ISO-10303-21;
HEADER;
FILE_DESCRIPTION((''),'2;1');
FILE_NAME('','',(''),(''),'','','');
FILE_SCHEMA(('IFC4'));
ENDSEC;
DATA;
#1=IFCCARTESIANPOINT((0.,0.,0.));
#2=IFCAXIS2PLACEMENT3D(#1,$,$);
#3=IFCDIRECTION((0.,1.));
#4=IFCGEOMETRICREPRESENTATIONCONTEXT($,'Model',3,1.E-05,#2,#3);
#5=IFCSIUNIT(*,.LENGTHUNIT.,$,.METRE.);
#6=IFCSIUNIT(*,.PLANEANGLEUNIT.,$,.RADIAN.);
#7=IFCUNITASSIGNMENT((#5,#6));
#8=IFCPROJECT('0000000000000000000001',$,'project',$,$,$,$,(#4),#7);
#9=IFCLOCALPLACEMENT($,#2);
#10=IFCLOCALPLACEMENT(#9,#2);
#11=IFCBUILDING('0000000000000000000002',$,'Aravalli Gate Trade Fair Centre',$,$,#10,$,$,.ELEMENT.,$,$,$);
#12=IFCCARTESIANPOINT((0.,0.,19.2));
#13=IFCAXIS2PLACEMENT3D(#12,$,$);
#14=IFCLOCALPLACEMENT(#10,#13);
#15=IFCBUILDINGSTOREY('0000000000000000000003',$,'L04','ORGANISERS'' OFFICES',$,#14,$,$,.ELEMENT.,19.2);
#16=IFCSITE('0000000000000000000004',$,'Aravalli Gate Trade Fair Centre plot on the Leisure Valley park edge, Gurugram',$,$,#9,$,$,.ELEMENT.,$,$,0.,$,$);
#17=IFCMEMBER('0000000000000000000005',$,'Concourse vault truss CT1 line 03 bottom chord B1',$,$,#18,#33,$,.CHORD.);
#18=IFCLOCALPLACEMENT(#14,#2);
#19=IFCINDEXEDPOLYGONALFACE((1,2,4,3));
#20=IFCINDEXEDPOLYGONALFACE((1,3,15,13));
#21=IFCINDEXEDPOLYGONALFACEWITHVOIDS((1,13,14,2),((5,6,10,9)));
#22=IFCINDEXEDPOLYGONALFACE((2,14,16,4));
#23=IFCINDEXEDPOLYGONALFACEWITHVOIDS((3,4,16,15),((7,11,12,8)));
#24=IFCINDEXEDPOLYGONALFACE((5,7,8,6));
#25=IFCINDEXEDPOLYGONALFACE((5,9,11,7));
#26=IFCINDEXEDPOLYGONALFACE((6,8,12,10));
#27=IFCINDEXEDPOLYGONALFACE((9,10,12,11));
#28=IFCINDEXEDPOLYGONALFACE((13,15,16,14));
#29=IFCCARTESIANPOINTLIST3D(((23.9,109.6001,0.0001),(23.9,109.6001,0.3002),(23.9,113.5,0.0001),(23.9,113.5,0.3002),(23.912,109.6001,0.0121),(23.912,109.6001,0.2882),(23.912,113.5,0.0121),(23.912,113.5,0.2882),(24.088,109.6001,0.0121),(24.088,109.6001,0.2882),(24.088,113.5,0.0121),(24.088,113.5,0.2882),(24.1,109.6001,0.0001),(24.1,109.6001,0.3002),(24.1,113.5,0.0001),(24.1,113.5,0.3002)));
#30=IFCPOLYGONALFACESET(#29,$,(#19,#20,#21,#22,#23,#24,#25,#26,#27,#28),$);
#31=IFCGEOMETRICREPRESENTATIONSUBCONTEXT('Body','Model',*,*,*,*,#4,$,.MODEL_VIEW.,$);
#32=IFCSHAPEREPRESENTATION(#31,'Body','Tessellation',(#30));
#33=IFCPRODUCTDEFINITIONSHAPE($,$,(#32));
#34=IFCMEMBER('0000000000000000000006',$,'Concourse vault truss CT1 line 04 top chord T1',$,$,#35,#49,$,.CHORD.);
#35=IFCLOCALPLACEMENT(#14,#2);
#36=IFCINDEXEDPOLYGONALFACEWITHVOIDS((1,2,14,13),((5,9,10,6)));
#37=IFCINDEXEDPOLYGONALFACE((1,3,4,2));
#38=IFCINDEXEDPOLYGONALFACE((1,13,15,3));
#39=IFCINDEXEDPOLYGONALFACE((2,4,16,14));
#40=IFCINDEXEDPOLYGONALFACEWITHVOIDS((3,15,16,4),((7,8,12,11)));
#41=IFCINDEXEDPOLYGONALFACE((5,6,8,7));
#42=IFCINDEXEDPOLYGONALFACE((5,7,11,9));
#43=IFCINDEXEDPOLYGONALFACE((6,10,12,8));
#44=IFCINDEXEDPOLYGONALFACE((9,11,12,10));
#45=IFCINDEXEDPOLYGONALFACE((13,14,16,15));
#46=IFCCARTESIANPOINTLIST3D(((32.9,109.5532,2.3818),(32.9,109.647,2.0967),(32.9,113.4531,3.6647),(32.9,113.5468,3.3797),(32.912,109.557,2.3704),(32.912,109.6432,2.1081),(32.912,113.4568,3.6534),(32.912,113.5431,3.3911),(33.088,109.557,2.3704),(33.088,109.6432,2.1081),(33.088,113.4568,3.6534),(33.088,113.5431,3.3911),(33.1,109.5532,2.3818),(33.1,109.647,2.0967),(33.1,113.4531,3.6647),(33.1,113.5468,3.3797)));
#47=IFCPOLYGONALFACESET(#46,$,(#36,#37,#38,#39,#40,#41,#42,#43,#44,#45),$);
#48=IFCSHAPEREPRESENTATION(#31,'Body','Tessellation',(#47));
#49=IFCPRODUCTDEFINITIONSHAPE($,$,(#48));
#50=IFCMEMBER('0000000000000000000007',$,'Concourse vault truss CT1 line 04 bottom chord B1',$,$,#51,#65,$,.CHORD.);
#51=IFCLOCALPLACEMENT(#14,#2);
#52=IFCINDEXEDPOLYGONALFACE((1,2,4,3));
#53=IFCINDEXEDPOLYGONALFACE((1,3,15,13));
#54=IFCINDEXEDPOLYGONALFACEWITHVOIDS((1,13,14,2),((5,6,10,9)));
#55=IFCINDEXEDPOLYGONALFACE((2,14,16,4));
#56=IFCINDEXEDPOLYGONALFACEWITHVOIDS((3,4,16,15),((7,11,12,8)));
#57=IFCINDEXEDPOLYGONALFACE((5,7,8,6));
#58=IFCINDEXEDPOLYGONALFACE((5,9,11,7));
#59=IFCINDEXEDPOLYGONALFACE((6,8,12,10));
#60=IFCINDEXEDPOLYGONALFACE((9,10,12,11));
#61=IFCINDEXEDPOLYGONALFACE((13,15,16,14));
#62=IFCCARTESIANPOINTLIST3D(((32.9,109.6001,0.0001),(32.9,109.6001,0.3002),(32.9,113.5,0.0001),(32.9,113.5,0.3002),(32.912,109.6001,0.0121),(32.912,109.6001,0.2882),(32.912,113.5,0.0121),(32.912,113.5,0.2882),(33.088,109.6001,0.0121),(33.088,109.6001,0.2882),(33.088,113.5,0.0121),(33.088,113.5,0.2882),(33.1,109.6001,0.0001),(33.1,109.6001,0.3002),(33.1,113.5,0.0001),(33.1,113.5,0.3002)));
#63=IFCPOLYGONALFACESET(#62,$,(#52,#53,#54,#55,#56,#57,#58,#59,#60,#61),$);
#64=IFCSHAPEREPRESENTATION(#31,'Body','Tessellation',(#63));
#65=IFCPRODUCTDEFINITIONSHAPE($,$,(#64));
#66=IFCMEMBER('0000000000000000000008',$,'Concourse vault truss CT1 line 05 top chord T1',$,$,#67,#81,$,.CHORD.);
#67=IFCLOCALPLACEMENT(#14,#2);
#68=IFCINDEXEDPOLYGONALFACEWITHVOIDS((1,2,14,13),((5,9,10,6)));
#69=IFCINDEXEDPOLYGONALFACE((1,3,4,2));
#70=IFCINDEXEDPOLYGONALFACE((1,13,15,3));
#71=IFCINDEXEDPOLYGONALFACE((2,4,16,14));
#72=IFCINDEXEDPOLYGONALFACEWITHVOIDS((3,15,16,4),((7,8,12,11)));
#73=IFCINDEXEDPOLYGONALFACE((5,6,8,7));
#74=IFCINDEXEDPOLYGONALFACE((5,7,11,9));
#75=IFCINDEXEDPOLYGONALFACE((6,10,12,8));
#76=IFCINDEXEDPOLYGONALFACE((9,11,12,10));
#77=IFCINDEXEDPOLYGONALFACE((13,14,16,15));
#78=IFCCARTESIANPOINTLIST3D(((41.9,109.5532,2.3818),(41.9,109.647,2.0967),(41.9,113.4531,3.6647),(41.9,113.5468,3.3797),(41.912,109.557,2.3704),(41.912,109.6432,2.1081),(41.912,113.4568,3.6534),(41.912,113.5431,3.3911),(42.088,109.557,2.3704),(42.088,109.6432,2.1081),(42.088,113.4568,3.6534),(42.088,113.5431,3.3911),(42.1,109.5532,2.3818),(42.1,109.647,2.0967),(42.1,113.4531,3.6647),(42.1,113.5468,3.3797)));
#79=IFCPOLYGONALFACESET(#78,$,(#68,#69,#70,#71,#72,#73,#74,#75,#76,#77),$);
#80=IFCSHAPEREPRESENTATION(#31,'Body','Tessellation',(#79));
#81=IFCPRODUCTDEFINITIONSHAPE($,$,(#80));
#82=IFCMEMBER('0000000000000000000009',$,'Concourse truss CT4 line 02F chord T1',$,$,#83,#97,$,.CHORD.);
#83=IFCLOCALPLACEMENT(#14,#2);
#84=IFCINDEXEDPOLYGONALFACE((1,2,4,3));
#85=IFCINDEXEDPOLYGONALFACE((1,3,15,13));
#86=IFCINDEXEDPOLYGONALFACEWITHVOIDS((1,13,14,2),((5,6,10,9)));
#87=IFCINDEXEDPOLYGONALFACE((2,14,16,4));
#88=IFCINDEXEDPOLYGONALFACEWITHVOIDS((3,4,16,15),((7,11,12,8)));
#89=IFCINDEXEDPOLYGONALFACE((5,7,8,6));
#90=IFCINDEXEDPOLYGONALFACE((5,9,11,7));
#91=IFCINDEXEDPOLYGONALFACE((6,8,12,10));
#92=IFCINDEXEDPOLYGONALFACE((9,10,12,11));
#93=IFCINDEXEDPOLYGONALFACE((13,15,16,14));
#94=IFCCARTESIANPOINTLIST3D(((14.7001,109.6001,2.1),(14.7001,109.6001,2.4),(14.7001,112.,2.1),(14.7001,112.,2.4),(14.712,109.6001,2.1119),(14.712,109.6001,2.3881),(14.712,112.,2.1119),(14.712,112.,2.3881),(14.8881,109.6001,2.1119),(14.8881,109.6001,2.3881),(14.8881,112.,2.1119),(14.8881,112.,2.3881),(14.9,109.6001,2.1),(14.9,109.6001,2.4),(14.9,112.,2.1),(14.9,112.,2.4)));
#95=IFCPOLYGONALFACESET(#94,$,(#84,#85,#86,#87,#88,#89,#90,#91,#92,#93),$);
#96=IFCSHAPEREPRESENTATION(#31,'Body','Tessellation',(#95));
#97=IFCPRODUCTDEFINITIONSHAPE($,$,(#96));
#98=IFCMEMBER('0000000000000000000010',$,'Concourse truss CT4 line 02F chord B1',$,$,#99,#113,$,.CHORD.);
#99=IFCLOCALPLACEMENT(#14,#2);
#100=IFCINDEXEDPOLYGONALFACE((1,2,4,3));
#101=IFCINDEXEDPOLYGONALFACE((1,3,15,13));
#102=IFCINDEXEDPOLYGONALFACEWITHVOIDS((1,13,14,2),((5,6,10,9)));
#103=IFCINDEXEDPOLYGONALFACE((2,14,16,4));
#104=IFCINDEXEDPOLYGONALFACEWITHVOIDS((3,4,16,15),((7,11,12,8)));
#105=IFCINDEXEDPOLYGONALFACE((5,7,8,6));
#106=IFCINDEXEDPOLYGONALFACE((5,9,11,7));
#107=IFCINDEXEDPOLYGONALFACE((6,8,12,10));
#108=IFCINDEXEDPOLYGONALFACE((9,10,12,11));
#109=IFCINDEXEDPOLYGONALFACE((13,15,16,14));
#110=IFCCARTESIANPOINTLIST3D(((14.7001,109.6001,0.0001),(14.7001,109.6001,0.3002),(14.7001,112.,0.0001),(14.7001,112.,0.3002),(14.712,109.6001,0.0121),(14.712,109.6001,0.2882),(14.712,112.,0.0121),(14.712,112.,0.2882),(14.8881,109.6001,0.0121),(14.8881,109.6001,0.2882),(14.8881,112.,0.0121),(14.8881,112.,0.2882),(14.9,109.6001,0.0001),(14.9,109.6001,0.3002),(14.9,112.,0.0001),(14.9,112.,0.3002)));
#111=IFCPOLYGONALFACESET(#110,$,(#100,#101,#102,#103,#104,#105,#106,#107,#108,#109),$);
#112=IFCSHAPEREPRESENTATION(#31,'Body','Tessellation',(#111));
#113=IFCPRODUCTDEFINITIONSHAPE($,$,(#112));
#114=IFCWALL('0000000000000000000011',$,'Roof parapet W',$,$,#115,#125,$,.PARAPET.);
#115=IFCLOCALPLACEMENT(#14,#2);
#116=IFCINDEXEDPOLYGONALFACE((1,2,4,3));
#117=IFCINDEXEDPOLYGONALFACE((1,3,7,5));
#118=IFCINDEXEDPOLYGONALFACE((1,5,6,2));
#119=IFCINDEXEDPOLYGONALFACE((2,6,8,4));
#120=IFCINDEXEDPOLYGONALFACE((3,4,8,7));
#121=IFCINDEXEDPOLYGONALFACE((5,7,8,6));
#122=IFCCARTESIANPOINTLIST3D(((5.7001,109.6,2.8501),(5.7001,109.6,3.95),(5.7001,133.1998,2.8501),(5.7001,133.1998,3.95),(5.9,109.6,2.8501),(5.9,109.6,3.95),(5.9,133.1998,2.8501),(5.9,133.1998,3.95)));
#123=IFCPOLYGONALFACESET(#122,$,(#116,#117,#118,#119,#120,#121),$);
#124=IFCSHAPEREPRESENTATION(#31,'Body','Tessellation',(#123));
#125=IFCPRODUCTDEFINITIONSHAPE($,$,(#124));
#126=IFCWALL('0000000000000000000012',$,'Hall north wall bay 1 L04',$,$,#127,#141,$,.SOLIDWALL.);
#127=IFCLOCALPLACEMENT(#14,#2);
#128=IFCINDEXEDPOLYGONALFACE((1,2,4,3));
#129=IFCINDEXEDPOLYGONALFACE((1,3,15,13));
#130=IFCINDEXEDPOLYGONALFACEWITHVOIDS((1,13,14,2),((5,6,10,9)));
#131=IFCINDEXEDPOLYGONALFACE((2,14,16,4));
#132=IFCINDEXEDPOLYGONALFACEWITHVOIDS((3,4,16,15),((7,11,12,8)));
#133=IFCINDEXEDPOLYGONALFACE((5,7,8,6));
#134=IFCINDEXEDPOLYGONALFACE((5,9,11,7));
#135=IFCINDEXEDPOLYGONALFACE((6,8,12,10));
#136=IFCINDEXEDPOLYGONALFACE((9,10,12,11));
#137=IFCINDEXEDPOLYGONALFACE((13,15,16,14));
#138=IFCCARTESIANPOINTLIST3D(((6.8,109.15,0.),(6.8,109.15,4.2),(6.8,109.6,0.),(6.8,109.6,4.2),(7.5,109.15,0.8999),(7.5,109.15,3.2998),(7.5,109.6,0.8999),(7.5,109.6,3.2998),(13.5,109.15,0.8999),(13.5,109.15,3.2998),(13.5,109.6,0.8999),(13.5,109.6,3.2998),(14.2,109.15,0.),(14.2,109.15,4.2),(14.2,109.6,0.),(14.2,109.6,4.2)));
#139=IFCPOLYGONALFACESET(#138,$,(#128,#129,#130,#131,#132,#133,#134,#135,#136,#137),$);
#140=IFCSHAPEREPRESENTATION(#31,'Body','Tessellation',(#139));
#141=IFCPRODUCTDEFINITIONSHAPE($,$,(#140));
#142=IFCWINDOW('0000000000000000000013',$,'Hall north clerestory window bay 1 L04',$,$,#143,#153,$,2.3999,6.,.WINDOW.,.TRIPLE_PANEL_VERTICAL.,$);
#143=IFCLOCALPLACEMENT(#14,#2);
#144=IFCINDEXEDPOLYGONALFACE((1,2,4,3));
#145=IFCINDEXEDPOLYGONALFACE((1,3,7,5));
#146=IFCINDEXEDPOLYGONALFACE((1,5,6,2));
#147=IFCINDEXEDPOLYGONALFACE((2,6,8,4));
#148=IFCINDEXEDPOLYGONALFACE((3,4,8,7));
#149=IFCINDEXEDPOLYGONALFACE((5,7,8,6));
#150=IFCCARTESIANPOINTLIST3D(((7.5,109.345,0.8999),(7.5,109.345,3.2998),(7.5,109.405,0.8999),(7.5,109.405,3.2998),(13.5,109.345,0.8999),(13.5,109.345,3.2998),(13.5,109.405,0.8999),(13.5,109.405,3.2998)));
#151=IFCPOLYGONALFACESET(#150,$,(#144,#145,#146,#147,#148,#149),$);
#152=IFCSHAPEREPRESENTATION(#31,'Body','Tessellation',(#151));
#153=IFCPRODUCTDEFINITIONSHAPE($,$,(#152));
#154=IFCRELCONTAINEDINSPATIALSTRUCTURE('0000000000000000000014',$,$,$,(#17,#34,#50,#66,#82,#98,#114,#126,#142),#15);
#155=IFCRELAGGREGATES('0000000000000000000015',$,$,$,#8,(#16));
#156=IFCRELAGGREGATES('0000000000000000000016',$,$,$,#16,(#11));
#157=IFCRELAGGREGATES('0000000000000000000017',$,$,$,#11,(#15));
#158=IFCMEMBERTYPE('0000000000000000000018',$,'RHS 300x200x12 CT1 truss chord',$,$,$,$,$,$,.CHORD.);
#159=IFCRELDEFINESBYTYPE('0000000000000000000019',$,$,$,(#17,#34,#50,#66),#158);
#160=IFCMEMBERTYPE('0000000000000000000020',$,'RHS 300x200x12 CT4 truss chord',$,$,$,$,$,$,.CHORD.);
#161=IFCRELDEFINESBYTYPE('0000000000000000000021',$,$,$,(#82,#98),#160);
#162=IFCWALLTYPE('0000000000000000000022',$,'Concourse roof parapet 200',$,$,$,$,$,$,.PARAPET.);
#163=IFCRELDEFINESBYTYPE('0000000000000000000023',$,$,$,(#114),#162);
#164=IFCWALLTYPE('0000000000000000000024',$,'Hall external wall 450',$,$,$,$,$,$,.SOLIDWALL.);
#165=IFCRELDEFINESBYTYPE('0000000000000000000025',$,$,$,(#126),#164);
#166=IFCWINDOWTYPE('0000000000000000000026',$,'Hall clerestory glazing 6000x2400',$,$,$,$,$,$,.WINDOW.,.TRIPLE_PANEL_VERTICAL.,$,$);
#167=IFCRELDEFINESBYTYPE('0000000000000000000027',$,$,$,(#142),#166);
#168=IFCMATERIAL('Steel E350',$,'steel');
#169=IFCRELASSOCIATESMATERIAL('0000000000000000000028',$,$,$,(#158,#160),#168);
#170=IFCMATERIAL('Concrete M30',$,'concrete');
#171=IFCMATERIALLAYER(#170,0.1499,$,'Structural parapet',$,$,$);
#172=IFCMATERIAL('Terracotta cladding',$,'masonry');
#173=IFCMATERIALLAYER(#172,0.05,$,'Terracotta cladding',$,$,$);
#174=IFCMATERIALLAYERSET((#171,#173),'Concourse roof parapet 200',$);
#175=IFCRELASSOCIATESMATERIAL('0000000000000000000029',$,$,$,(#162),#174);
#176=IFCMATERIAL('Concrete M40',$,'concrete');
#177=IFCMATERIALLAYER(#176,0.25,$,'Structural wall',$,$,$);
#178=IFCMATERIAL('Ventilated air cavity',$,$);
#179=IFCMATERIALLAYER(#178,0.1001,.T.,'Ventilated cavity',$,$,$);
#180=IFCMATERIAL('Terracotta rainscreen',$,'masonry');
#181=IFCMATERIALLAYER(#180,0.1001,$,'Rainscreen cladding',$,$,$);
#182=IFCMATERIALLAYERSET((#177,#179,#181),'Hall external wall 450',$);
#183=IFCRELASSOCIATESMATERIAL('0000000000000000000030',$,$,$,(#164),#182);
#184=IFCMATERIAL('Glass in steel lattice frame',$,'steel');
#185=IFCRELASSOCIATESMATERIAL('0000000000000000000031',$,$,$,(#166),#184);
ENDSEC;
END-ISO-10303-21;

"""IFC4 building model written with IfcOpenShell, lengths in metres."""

from ifc_helpers import new_model, si_unit, direction, frame, frame_2d, origin, origin_2d, place, context, subcontext, project, spatial, rectangle, hollow_rectangle, extrude, material, layer, layer_set, material_profile, profile_set, type_object, element, fill, save


model = new_model("IFC4")

# Units and contexts
model_context = context("Model", 3, precision=1e-05, world=origin(), true_north=direction((0.0, 1.0)))
body_context = subcontext(model_context, "Body", "Model", "MODEL_VIEW")
ifc_project = project(units=[si_unit("LENGTHUNIT", "METRE"), si_unit("PLANEANGLEUNIT", "RADIAN")], contexts=[model_context])

# Site, building, storey
site_placement = place(None, origin())
site = spatial("IfcSite", under=ifc_project, at=site_placement, Name="Aravalli Gate Trade Fair Centre plot on the Leisure Valley park edge, Gurugram", CompositionType="ELEMENT", RefElevation=0.0)
building_placement = place(site_placement, origin())
building = spatial("IfcBuilding", under=site, at=building_placement, Name="Aravalli Gate Trade Fair Centre", CompositionType="ELEMENT")
storey_placement = place(building_placement, frame((0.0, 0.0, 19.2)))
storey = spatial("IfcBuildingStorey", under=building, at=storey_placement, Name="L04", Description="ORGANISERS' OFFICES", CompositionType="ELEMENT", Elevation=19.2)

# Members
ifc_material_1 = material(Name="Steel E350", Category="steel")
ifc_material_profile_1 = material_profile(ifc_material_1, hollow_rectangle(XDim=0.2, YDim=0.3, WallThickness=0.012, at=origin_2d()), Name="RHS 300x200x12")
ifc_profile_set_1 = profile_set([ifc_material_profile_1], Name="Steel E350")
member_type_1 = type_object("IfcMemberType", Name="RHS 300x200x12 CT1 truss chord", PredefinedType="CHORD", material=ifc_profile_set_1)
member_1_placement = place(storey_placement, frame((24.0, 109.6001, 0.1501), z_axis=(0.0, 1.0, 0.0), x_axis=(-1.0, 0.0, 0.0)))
element("IfcMember", 1, at=member_1_placement, inside=storey, type_object=member_type_1, Name="Concourse vault truss CT1 line 03 bottom chord B1", PredefinedType="CHORD", context=body_context, shape_type="SweptSolid", body=[
    extrude(hollow_rectangle(XDim=0.2, YDim=0.3, WallThickness=0.012, at=origin_2d()), origin(), (0.0, 0.0, 1.0), 3.8999),
])
member_2_placement = place(storey_placement, frame((33.0, 109.6001, 2.2393), z_axis=(0.0, 0.949919, 0.312497), x_axis=(-1.0, 0.0, 0.0)))
element("IfcMember", 2, at=member_2_placement, inside=storey, type_object=member_type_1, Name="Concourse vault truss CT1 line 04 top chord T1", PredefinedType="CHORD", context=body_context, shape_type="SweptSolid", body=[
    extrude(hollow_rectangle(XDim=0.2, YDim=0.3, WallThickness=0.012, at=origin_2d()), origin(), (0.0, 0.0, 1.0), 4.1055),
])
member_3_placement = place(storey_placement, frame((33.0, 109.6001, 0.1501), z_axis=(0.0, 1.0, 0.0), x_axis=(-1.0, 0.0, 0.0)))
element("IfcMember", 3, at=member_3_placement, inside=storey, type_object=member_type_1, Name="Concourse vault truss CT1 line 04 bottom chord B1", PredefinedType="CHORD", context=body_context, shape_type="SweptSolid", body=[
    extrude(hollow_rectangle(XDim=0.2, YDim=0.3, WallThickness=0.012, at=origin_2d()), origin(), (0.0, 0.0, 1.0), 3.8999),
])
member_4_placement = place(storey_placement, frame((42.0, 109.6001, 2.2393), z_axis=(0.0, 0.949919, 0.312497), x_axis=(-1.0, 0.0, 0.0)))
element("IfcMember", 4, at=member_4_placement, inside=storey, type_object=member_type_1, Name="Concourse vault truss CT1 line 05 top chord T1", PredefinedType="CHORD", context=body_context, shape_type="SweptSolid", body=[
    extrude(hollow_rectangle(XDim=0.2, YDim=0.3, WallThickness=0.012, at=origin_2d()), origin(), (0.0, 0.0, 1.0), 4.1055),
])
ifc_material_profile_2 = material_profile(ifc_material_1, hollow_rectangle(XDim=0.2, YDim=0.3, WallThickness=0.012, at=origin_2d()), Name="RHS 300x200x12")
ifc_profile_set_2 = profile_set([ifc_material_profile_2], Name="Steel E350")
member_type_2 = type_object("IfcMemberType", Name="RHS 300x200x12 CT4 truss chord", PredefinedType="CHORD", material=ifc_profile_set_2)
for number, where, z_axis, x_axis, name in (
    (5, (14.8, 109.6001, 2.25), (0.0, 1.0, 0.0), (-1.0, 0.0, 0.0), "Concourse truss CT4 line 02F chord T1"),
    (6, (14.8, 109.6001, 0.1501), (0.0, 1.0, 0.0), (-1.0, 0.0, 0.0), "Concourse truss CT4 line 02F chord B1"),
):
    element("IfcMember", number, at=place(storey_placement, frame(where, z_axis=z_axis, x_axis=x_axis)), inside=storey, type_object=member_type_2, Name=name, PredefinedType="CHORD", context=body_context, shape_type="SweptSolid", body=[
        extrude(hollow_rectangle(XDim=0.2, YDim=0.3, WallThickness=0.012, at=origin_2d()), origin(), (0.0, 0.0, 1.0), 2.3999),
    ])

# Wall
ifc_material_2 = material(Name="Concrete M30", Category="concrete")
ifc_layer_1 = layer(ifc_material_2, 0.1499, Name="Structural parapet")
ifc_material_3 = material(Name="Terracotta cladding", Category="masonry")
ifc_layer_2 = layer(ifc_material_3, 0.05, Name="Terracotta cladding")
ifc_layer_set_1 = layer_set([ifc_layer_1, ifc_layer_2], Name="Concourse roof parapet 200")
wall_type_1 = type_object("IfcWallType", Name="Concourse roof parapet 200", PredefinedType="PARAPET", material=ifc_layer_set_1)
wall_1_placement = place(storey_placement, frame((5.8, 109.6001, 2.8501), z_axis=(0.0, 0.0, 1.0), x_axis=(0.0, 1.0, 0.0)))
element("IfcWall", 7, at=wall_1_placement, inside=storey, type_object=wall_type_1, Name="Roof parapet W", PredefinedType="PARAPET", context=body_context, shape_type="SweptSolid", body=[
    extrude(rectangle(XDim=23.5999, YDim=0.2, at=frame_2d((11.7998, 0.0))), origin(), (0.0, 0.0, 1.0), 1.0999),
])

# Wall, opening, window
ifc_material_4 = material(Name="Concrete M40", Category="concrete")
ifc_layer_3 = layer(ifc_material_4, 0.25, Name="Structural wall")
ifc_material_5 = material(Name="Ventilated air cavity")
ifc_layer_4 = layer(ifc_material_5, 0.1001, ventilated=True, Name="Ventilated cavity")
ifc_material_6 = material(Name="Terracotta rainscreen", Category="masonry")
ifc_layer_5 = layer(ifc_material_6, 0.1001, Name="Rainscreen cladding")
ifc_layer_set_2 = layer_set([ifc_layer_3, ifc_layer_4, ifc_layer_5], Name="Hall external wall 450")
wall_type_2 = type_object("IfcWallType", Name="Hall external wall 450", PredefinedType="SOLIDWALL", material=ifc_layer_set_2)
wall_2_placement = place(storey_placement, frame((6.8, 109.375, 0.0), z_axis=(0.0, 0.0, 1.0), x_axis=(1.0, 0.0, 0.0)))
wall_2 = element("IfcWall", 8, at=wall_2_placement, inside=storey, type_object=wall_type_2, Name="Hall north wall bay 1 L04", PredefinedType="SOLIDWALL", context=body_context, shape_type="SweptSolid", body=[
    extrude(rectangle(XDim=7.3999, YDim=0.45, at=frame_2d((3.7, 0.0))), origin(), (0.0, 0.0, 1.0), 4.2),
])
opening_1_placement = place(wall_2_placement, frame((0.7, 0.0, 0.8999)))
opening_1 = element("IfcOpeningElement", 9, at=opening_1_placement, cuts=wall_2, PredefinedType="OPENING", context=body_context, shape_type="SweptSolid", body=[
    extrude(rectangle(XDim=6.0, YDim=2.3999, at=frame_2d((3.0, 1.2))), frame((0.0, 0.2349, 0.0), z_axis=(0.0, -1.0, 0.0), x_axis=(1.0, 0.0, 0.0)), (0.0, 0.0, 1.0), 0.47),
])
ifc_material_7 = material(Name="Glass in steel lattice frame", Category="steel")
window_type = type_object("IfcWindowType", Name="Hall clerestory glazing 6000x2400", PartitioningType="TRIPLE_PANEL_VERTICAL", PredefinedType="WINDOW", material=ifc_material_7)
window_1_placement = place(opening_1_placement, origin())
window_1 = element("IfcWindow", 10, at=window_1_placement, inside=storey, type_object=window_type, Name="Hall north clerestory window bay 1 L04", OverallHeight=2.3999, OverallWidth=6.0, PartitioningType="TRIPLE_PANEL_VERTICAL", PredefinedType="WINDOW", context=body_context, shape_type="SweptSolid", body=[
    extrude(rectangle(XDim=6.0, YDim=2.3999, at=frame_2d((3.0, 1.2))), frame((0.0, 0.03, 0.0), z_axis=(0.0, -1.0, 0.0), x_axis=(1.0, 0.0, 0.0)), (0.0, 0.0, 1.0), 0.0601),
])
fill(opening_1, window_1)

save(model, "model.ifc")
